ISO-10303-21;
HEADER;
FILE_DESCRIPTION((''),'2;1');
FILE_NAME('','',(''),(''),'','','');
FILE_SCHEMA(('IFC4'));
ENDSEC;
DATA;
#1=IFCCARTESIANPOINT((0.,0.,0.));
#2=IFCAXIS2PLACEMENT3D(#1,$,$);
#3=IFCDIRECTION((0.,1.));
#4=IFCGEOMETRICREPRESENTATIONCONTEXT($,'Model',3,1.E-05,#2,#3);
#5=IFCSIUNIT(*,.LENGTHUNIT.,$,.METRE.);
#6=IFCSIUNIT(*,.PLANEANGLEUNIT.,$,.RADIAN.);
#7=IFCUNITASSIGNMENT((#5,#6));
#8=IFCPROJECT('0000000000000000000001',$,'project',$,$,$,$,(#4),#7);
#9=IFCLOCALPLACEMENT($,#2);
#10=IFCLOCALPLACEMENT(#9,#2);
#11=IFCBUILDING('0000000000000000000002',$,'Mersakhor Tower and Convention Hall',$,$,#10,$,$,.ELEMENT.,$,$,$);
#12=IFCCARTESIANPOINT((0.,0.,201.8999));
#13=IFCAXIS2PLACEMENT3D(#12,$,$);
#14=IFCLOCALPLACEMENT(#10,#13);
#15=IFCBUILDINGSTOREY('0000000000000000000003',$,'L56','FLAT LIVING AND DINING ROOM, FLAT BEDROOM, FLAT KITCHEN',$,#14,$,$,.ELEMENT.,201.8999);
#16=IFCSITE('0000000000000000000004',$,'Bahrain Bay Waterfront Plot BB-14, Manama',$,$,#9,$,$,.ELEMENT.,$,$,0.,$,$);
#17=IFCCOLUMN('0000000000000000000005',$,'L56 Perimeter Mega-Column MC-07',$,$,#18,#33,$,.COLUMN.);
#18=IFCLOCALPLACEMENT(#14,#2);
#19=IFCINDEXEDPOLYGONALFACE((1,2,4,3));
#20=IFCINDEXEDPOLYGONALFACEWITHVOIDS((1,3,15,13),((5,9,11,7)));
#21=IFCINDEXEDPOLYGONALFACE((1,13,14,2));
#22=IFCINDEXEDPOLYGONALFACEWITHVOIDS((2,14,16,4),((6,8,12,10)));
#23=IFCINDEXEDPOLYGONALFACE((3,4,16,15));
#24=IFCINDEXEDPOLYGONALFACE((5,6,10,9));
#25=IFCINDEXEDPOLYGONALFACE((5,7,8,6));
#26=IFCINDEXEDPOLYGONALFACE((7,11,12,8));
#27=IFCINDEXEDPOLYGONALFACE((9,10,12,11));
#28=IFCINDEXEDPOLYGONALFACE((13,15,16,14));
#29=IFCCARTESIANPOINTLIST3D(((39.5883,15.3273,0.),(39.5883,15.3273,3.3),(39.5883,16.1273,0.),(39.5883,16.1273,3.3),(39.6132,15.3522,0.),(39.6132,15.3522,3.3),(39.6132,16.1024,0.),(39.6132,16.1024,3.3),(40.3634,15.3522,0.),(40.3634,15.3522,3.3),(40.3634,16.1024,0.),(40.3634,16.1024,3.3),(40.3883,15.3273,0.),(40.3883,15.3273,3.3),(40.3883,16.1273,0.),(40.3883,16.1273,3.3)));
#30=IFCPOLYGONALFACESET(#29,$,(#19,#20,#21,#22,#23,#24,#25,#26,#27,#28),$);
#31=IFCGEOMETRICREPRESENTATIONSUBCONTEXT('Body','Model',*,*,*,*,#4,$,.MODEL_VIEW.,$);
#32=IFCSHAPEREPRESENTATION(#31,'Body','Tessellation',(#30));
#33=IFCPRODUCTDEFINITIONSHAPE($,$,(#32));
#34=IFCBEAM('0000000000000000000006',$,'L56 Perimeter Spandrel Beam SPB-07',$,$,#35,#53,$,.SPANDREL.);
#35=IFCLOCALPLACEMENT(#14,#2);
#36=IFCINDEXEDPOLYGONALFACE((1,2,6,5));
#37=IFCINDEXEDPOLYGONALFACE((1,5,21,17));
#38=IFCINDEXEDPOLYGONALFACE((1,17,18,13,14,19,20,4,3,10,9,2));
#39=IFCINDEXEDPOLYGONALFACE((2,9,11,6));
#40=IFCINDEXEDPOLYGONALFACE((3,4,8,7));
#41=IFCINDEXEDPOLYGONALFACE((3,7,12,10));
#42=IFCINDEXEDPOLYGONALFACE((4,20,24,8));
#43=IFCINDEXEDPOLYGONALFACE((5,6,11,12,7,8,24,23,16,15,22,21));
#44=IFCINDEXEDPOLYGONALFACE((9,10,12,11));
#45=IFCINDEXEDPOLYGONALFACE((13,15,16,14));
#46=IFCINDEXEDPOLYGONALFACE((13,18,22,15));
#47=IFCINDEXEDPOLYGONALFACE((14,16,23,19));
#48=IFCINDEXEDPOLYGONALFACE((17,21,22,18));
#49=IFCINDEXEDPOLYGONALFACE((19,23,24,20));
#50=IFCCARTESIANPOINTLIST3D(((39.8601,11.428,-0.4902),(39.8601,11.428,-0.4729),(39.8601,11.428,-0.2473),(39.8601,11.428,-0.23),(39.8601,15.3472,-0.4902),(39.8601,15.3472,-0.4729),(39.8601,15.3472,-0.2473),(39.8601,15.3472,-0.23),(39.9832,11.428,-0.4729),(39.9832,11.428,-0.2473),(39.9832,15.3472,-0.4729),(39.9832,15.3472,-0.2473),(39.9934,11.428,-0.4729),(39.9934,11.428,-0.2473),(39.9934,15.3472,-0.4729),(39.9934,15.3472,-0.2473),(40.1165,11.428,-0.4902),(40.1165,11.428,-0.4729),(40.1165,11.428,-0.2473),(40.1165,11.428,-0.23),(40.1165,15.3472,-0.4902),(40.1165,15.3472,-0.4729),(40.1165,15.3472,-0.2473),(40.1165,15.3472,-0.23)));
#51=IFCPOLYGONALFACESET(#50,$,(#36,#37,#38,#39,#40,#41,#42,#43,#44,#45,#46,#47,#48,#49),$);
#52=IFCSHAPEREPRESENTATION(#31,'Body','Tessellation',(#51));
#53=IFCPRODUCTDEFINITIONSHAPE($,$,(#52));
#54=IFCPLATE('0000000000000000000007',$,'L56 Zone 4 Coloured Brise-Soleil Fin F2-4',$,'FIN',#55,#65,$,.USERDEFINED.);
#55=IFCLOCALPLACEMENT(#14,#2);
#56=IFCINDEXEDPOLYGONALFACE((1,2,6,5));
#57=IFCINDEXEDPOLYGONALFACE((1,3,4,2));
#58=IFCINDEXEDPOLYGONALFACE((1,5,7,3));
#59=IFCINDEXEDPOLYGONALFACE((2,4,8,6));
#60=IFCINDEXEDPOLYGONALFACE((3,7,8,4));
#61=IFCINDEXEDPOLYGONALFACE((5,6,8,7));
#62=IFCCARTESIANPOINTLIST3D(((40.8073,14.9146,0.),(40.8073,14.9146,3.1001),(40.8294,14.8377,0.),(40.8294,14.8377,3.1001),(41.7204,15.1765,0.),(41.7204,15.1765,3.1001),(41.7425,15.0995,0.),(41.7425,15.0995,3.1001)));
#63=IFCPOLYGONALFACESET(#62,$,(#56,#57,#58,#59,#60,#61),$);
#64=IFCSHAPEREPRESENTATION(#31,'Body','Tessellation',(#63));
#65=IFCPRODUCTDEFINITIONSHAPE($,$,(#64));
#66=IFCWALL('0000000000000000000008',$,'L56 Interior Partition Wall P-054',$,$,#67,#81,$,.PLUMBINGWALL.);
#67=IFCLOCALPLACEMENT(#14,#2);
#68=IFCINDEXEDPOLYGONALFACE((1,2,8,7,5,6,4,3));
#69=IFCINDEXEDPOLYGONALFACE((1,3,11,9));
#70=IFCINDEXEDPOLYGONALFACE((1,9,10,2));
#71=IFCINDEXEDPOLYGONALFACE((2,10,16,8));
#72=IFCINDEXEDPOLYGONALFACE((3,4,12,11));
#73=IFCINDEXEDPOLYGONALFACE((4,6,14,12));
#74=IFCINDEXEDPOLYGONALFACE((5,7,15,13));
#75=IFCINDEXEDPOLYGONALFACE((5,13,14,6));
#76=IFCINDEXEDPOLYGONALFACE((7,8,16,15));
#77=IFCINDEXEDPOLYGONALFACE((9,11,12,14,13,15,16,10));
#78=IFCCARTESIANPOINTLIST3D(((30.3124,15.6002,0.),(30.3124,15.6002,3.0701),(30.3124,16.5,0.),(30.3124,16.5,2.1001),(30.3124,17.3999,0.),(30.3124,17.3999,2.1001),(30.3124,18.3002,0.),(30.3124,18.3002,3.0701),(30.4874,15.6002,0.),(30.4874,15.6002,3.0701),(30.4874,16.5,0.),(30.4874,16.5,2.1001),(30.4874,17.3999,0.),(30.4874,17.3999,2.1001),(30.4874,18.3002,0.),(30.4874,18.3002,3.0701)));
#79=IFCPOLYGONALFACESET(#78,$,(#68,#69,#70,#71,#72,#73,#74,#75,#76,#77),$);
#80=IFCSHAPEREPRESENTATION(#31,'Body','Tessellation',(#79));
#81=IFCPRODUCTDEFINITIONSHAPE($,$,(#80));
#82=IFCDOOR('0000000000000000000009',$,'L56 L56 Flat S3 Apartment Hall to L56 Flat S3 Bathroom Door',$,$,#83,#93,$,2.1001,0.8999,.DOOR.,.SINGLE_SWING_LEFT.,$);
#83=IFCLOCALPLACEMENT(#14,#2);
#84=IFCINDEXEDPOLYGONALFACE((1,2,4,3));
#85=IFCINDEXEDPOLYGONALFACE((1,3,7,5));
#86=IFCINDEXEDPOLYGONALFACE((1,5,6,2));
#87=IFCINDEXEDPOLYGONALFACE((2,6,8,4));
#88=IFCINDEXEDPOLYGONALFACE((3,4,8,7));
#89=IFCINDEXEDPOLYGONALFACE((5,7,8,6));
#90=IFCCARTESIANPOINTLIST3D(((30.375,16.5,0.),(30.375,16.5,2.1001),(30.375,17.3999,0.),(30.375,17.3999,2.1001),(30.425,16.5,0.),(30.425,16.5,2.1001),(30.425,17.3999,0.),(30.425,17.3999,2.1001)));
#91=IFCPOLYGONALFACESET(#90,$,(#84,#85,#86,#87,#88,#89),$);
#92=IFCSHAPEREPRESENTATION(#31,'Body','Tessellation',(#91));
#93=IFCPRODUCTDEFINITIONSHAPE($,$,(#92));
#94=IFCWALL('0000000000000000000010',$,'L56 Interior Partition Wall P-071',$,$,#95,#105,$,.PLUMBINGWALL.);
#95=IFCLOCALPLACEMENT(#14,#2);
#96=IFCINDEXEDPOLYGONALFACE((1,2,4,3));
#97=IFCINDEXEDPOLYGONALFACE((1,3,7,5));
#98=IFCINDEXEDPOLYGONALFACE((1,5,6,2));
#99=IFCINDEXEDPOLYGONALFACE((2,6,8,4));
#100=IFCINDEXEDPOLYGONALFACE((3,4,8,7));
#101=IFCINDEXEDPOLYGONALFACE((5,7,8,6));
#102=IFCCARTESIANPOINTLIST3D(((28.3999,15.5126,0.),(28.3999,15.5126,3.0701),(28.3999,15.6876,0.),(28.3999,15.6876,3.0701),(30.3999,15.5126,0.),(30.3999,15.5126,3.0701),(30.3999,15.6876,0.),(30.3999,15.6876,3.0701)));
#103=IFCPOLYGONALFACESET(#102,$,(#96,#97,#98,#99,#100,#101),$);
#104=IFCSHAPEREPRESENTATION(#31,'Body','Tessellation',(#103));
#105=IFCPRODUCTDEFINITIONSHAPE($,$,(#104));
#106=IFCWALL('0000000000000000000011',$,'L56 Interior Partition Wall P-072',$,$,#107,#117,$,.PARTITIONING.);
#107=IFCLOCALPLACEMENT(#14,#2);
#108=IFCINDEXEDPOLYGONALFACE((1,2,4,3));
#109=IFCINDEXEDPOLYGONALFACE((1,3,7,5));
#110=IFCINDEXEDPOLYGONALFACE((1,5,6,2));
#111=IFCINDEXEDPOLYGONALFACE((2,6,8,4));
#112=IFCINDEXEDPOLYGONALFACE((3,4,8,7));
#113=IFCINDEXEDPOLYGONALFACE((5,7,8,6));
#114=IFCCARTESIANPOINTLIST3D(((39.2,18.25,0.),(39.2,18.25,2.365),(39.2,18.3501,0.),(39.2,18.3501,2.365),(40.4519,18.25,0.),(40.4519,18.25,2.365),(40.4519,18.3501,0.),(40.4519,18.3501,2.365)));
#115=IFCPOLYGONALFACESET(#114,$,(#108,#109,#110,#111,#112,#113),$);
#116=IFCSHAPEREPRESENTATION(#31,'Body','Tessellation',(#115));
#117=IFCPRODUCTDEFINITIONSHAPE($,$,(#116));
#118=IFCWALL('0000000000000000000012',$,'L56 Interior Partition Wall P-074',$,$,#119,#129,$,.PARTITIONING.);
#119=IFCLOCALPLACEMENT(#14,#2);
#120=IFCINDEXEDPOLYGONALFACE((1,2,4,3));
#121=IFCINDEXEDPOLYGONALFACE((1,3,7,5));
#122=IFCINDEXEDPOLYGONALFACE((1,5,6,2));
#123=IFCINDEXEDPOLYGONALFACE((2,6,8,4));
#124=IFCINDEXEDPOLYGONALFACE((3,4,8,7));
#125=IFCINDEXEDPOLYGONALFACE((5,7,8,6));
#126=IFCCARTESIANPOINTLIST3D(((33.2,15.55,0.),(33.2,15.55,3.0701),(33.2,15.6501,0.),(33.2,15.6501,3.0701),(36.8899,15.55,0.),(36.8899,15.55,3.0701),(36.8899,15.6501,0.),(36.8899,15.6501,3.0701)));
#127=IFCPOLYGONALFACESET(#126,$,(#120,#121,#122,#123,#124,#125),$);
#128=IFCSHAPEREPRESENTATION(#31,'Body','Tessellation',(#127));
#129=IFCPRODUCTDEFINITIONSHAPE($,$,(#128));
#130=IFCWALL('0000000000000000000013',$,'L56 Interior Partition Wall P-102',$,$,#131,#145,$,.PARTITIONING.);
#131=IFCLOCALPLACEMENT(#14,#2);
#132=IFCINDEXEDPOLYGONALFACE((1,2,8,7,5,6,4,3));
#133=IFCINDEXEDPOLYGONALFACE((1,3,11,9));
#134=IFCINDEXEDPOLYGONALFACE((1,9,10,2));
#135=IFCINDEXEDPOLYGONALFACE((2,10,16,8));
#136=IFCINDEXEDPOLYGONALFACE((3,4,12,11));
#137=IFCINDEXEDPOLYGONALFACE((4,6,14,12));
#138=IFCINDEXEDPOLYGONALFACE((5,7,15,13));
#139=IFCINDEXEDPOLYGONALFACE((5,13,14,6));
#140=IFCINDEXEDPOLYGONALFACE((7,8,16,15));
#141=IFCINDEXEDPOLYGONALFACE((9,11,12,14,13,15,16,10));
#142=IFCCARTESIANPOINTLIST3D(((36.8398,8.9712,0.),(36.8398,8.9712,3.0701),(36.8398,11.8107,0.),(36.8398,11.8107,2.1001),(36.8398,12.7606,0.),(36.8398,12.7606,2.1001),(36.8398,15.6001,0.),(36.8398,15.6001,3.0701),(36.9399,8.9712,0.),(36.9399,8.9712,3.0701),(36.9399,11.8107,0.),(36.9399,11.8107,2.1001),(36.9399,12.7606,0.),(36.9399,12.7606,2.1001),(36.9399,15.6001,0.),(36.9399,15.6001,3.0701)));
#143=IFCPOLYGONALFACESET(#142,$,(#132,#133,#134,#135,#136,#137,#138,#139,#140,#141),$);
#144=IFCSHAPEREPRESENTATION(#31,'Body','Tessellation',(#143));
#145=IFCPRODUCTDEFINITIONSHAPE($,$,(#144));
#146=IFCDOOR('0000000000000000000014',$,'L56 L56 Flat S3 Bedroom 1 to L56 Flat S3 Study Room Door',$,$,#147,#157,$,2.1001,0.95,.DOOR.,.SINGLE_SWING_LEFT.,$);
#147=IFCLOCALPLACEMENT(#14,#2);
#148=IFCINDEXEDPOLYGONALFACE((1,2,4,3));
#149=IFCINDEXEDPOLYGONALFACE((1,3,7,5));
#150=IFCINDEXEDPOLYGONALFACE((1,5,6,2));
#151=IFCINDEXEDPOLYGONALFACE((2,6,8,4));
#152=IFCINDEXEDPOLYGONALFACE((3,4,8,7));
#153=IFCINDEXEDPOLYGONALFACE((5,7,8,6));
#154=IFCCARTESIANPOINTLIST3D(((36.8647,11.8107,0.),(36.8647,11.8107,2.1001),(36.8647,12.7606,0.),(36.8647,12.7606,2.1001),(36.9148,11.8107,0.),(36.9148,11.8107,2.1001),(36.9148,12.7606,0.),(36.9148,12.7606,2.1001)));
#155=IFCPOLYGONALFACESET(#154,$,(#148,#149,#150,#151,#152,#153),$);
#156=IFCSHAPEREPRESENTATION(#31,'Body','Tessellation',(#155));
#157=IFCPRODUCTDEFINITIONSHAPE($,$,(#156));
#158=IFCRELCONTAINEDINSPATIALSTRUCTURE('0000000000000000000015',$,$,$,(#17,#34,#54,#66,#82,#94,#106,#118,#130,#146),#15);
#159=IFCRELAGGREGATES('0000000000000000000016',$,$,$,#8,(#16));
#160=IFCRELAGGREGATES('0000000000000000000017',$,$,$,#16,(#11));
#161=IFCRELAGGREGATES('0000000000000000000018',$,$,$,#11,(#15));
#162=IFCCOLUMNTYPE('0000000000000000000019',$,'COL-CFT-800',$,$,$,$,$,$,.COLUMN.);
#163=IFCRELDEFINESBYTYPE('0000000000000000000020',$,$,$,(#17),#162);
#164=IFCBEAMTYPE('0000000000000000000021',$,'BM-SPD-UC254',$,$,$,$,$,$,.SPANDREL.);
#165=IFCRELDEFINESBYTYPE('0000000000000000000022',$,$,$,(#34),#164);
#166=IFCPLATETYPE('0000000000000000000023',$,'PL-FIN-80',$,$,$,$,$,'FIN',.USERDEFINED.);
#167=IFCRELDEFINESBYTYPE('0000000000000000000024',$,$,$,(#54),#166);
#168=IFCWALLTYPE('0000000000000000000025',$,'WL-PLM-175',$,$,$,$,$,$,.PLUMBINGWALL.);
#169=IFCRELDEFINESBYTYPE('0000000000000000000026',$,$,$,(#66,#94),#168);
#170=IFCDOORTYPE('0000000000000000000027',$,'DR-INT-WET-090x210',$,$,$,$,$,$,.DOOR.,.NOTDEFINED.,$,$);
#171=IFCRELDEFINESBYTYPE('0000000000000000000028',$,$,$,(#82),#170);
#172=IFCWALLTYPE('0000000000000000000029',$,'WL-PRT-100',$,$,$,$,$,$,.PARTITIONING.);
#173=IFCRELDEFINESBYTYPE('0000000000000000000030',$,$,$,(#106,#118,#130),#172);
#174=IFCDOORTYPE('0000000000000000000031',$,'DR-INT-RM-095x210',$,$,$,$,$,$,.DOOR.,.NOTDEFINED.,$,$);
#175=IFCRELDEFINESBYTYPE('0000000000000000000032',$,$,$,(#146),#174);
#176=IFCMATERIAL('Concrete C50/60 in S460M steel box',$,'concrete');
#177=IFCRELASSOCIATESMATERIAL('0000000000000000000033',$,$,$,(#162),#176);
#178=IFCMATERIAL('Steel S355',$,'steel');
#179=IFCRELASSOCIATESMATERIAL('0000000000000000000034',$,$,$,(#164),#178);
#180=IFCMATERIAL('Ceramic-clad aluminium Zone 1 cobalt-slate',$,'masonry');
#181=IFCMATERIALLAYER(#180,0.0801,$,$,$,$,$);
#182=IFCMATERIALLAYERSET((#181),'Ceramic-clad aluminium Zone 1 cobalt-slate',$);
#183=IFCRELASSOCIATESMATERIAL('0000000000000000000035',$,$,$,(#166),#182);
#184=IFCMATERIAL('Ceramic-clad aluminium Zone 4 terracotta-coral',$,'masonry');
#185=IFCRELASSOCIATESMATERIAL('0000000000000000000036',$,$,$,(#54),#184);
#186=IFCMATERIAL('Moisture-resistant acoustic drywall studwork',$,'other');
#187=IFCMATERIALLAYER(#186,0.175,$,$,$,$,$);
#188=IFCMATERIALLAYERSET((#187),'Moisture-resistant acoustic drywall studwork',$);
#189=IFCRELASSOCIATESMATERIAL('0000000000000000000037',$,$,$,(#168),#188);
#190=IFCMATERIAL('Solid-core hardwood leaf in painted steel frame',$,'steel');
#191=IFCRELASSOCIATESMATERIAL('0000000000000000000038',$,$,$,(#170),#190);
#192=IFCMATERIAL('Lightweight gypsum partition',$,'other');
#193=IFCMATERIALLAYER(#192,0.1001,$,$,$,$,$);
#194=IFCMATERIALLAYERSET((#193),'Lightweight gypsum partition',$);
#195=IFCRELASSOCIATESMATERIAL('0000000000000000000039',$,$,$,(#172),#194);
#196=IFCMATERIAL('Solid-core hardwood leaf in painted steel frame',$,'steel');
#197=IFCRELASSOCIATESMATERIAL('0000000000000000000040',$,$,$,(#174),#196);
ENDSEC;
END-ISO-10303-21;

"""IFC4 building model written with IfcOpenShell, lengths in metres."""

from ifc_helpers import new_model, si_unit, direction, frame, frame_2d, origin, origin_2d, place, context, subcontext, project, spatial, rectangle, hollow_rectangle, i_section, extrude, material, layer, layer_set, material_profile, profile_set, type_object, element, fill, save


model = new_model("IFC4")

# Units and contexts
model_context = context("Model", 3, precision=1e-05, world=origin(), true_north=direction((0.0, 1.0)))
body_context = subcontext(model_context, "Body", "Model", "MODEL_VIEW")
ifc_project = project(units=[si_unit("LENGTHUNIT", "METRE"), si_unit("PLANEANGLEUNIT", "RADIAN")], contexts=[model_context])

# Site, building, storey
site_placement = place(None, origin())
site = spatial("IfcSite", under=ifc_project, at=site_placement, Name="Bahrain Bay Waterfront Plot BB-14, Manama", CompositionType="ELEMENT", RefElevation=0.0)
building_placement = place(site_placement, origin())
building = spatial("IfcBuilding", under=site, at=building_placement, Name="Mersakhor Tower and Convention Hall", CompositionType="ELEMENT")
storey_placement = place(building_placement, frame((0.0, 0.0, 201.8999)))
storey = spatial("IfcBuildingStorey", under=building, at=storey_placement, Name="L56", Description="FLAT LIVING AND DINING ROOM, FLAT BEDROOM, FLAT KITCHEN", CompositionType="ELEMENT", Elevation=201.8999)

# Column
ifc_material_1 = material(Name="Concrete C50/60 in S460M steel box", Category="concrete")
ifc_material_profile_1 = material_profile(ifc_material_1, hollow_rectangle(XDim=0.8, YDim=0.8, WallThickness=0.0249, at=origin_2d()), Name="SHS 800x800x25")
ifc_profile_set_1 = profile_set([ifc_material_profile_1], Name="Concrete C50/60 in S460M steel box")
column_type = type_object("IfcColumnType", Name="COL-CFT-800", PredefinedType="COLUMN", material=ifc_profile_set_1)
column_placement = place(storey_placement, frame((39.9883, 15.7273, 0.0), z_axis=(0.0, 0.0, 1.0), x_axis=(1.0, 0.0, 0.0)))
element("IfcColumn", 1, at=column_placement, inside=storey, type_object=column_type, Name="L56 Perimeter Mega-Column MC-07", PredefinedType="COLUMN", context=body_context, shape_type="SweptSolid", body=[
    extrude(hollow_rectangle(XDim=0.8, YDim=0.8, WallThickness=0.0249, at=origin_2d()), origin(), (0.0, 0.0, 1.0), 3.3),
])

# Beam
ifc_material_2 = material(Name="Steel S355", Category="steel")
ifc_material_profile_2 = material_profile(ifc_material_2, i_section(OverallWidth=0.2563, OverallDepth=0.2603, WebThickness=0.0103, FlangeThickness=0.0173, at=origin_2d()), Name="UC 254x254x89")
ifc_profile_set_2 = profile_set([ifc_material_profile_2], Name="Steel S355")
beam_type = type_object("IfcBeamType", Name="BM-SPD-UC254", PredefinedType="SPANDREL", material=ifc_profile_set_2)
beam_placement = place(storey_placement, frame((39.9883, 15.3472, -0.3601), z_axis=(0.0, -1.0, 0.0), x_axis=(1.0, 0.0, 0.0)))
element("IfcBeam", 2, at=beam_placement, inside=storey, type_object=beam_type, Name="L56 Perimeter Spandrel Beam SPB-07", PredefinedType="SPANDREL", context=body_context, shape_type="SweptSolid", body=[
    extrude(i_section(OverallWidth=0.2563, OverallDepth=0.2603, WebThickness=0.0103, FlangeThickness=0.0173, at=origin_2d()), origin(), (0.0, 0.0, 1.0), 3.9192),
])

# Plate
ifc_material_3 = material(Name="Ceramic-clad aluminium Zone 4 terracotta-coral", Category="masonry")
ifc_material_4 = material(Name="Ceramic-clad aluminium Zone 1 cobalt-slate", Category="masonry")
ifc_layer_1 = layer(ifc_material_4, 0.0801)
ifc_layer_set_1 = layer_set([ifc_layer_1], Name="Ceramic-clad aluminium Zone 1 cobalt-slate")
plate_type = type_object("IfcPlateType", Name="PL-FIN-80", ElementType="FIN", PredefinedType="USERDEFINED", material=ifc_layer_set_1)
plate_placement = place(storey_placement, frame((41.2749, 15.0071, 0.0), z_axis=(0.0, 0.0, 1.0), x_axis=(0.961262, 0.275637, 0.0)))
element("IfcPlate", 3, at=plate_placement, inside=storey, type_object=plate_type, material=ifc_material_3, Name="L56 Zone 4 Coloured Brise-Soleil Fin F2-4", ObjectType="FIN", PredefinedType="USERDEFINED", context=body_context, shape_type="SweptSolid", body=[
    extrude(rectangle(XDim=0.95, YDim=0.0801, at=origin_2d()), origin(), (0.0, 0.0, 1.0), 3.1001),
])

# Wall, opening, door
ifc_material_5 = material(Name="Moisture-resistant acoustic drywall studwork", Category="other")
ifc_layer_2 = layer(ifc_material_5, 0.175)
ifc_layer_set_2 = layer_set([ifc_layer_2], Name="Moisture-resistant acoustic drywall studwork")
wall_type_1 = type_object("IfcWallType", Name="WL-PLM-175", PredefinedType="PLUMBINGWALL", material=ifc_layer_set_2)
wall_1_placement = place(storey_placement, frame((30.3999, 15.6001, 0.0), z_axis=(0.0, 0.0, 1.0), x_axis=(0.0, 1.0, 0.0)))
wall_1 = element("IfcWall", 4, at=wall_1_placement, inside=storey, type_object=wall_type_1, Name="L56 Interior Partition Wall P-054", PredefinedType="PLUMBINGWALL", context=body_context, shape_type="SweptSolid", body=[
    extrude(rectangle(XDim=2.7, YDim=0.175, at=frame_2d((1.3501, 0.0))), origin(), (0.0, 0.0, 1.0), 3.0701),
])
opening_1_placement = place(wall_1_placement, frame((0.8999, 0.0, 0.0)))
opening_1 = element("IfcOpeningElement", 5, at=opening_1_placement, cuts=wall_1, PredefinedType="OPENING", context=body_context, shape_type="SweptSolid", body=[
    extrude(rectangle(XDim=0.8999, YDim=2.1001, at=frame_2d((0.45, 1.05))), frame((0.0, 0.0974, 0.0), z_axis=(0.0, -1.0, 0.0), x_axis=(1.0, 0.0, 0.0)), (0.0, 0.0, 1.0), 0.1951),
])
ifc_material_6 = material(Name="Solid-core hardwood leaf in painted steel frame", Category="steel")
door_type_1 = type_object("IfcDoorType", Name="DR-INT-WET-090x210", OperationType="NOTDEFINED", PredefinedType="DOOR", material=ifc_material_6)
door_1_placement = place(opening_1_placement, origin())
door_1 = element("IfcDoor", 6, at=door_1_placement, inside=storey, type_object=door_type_1, Name="L56 L56 Flat S3 Apartment Hall to L56 Flat S3 Bathroom Door", OperationType="SINGLE_SWING_LEFT", OverallHeight=2.1001, OverallWidth=0.8999, PredefinedType="DOOR", context=body_context, shape_type="SweptSolid", body=[
    extrude(rectangle(XDim=0.8999, YDim=2.1001, at=frame_2d((0.45, 1.05))), frame((0.0, 0.0249, 0.0), z_axis=(0.0, -1.0, 0.0), x_axis=(1.0, 0.0, 0.0)), (0.0, 0.0, 1.0), 0.05),
])
fill(opening_1, door_1)

# Walls
wall_2_placement = place(storey_placement, frame((30.3999, 15.6001, 0.0), z_axis=(0.0, 0.0, 1.0), x_axis=(-1.0, 0.0, 0.0)))
element("IfcWall", 7, at=wall_2_placement, inside=storey, type_object=wall_type_1, Name="L56 Interior Partition Wall P-071", PredefinedType="PLUMBINGWALL", context=body_context, shape_type="SweptSolid", body=[
    extrude(rectangle(XDim=2.0, YDim=0.175, at=frame_2d((1.0, 0.0))), origin(), (0.0, 0.0, 1.0), 3.0701),
])
ifc_material_7 = material(Name="Lightweight gypsum partition", Category="other")
ifc_layer_3 = layer(ifc_material_7, 0.1001)
ifc_layer_set_3 = layer_set([ifc_layer_3], Name="Lightweight gypsum partition")
wall_type_2 = type_object("IfcWallType", Name="WL-PRT-100", PredefinedType="PARTITIONING", material=ifc_layer_set_3)
wall_3_placement = place(storey_placement, frame((39.2, 18.3, 0.0), z_axis=(0.0, 0.0, 1.0), x_axis=(1.0, 0.0, 0.0)))
element("IfcWall", 8, at=wall_3_placement, inside=storey, type_object=wall_type_2, Name="L56 Interior Partition Wall P-072", PredefinedType="PARTITIONING", context=body_context, shape_type="SweptSolid", body=[
    extrude(rectangle(XDim=1.252, YDim=0.1001, at=frame_2d((0.626, 0.0))), origin(), (0.0, 0.0, 1.0), 2.365),
])
wall_4_placement = place(storey_placement, frame((36.8899, 15.6001, 0.0), z_axis=(0.0, 0.0, 1.0), x_axis=(-1.0, 0.0, 0.0)))
element("IfcWall", 9, at=wall_4_placement, inside=storey, type_object=wall_type_2, Name="L56 Interior Partition Wall P-074", PredefinedType="PARTITIONING", context=body_context, shape_type="SweptSolid", body=[
    extrude(rectangle(XDim=3.6899, YDim=0.1001, at=frame_2d((1.845, 0.0))), origin(), (0.0, 0.0, 1.0), 3.0701),
])

# Wall, opening, door
wall_5_placement = place(storey_placement, frame((36.8899, 15.6001, 0.0), z_axis=(0.0, 0.0, 1.0), x_axis=(0.0, -1.0, 0.0)))
wall_5 = element("IfcWall", 10, at=wall_5_placement, inside=storey, type_object=wall_type_2, Name="L56 Interior Partition Wall P-102", PredefinedType="PARTITIONING", context=body_context, shape_type="SweptSolid", body=[
    extrude(rectangle(XDim=6.6289, YDim=0.1001, at=frame_2d((3.3145, 0.0))), origin(), (0.0, 0.0, 1.0), 3.0701),
])
opening_2_placement = place(wall_5_placement, frame((2.8394, 0.0, 0.0)))
opening_2 = element("IfcOpeningElement", 11, at=opening_2_placement, cuts=wall_5, PredefinedType="OPENING", context=body_context, shape_type="SweptSolid", body=[
    extrude(rectangle(XDim=0.95, YDim=2.1001, at=frame_2d((0.4751, 1.05))), frame((0.0, 0.0601, 0.0), z_axis=(0.0, -1.0, 0.0), x_axis=(1.0, 0.0, 0.0)), (0.0, 0.0, 1.0), 0.1201),
])
ifc_material_8 = material(Name="Solid-core hardwood leaf in painted steel frame", Category="steel")
door_type_2 = type_object("IfcDoorType", Name="DR-INT-RM-095x210", OperationType="NOTDEFINED", PredefinedType="DOOR", material=ifc_material_8)
door_2_placement = place(opening_2_placement, origin())
door_2 = element("IfcDoor", 12, at=door_2_placement, inside=storey, type_object=door_type_2, Name="L56 L56 Flat S3 Bedroom 1 to L56 Flat S3 Study Room Door", OperationType="SINGLE_SWING_LEFT", OverallHeight=2.1001, OverallWidth=0.95, PredefinedType="DOOR", context=body_context, shape_type="SweptSolid", body=[
    extrude(rectangle(XDim=0.95, YDim=2.1001, at=frame_2d((0.4751, 1.05))), frame((0.0, 0.0249, 0.0), z_axis=(0.0, -1.0, 0.0), x_axis=(1.0, 0.0, 0.0)), (0.0, 0.0, 1.0), 0.05),
])
fill(opening_2, door_2)

save(model, "model.ifc")
